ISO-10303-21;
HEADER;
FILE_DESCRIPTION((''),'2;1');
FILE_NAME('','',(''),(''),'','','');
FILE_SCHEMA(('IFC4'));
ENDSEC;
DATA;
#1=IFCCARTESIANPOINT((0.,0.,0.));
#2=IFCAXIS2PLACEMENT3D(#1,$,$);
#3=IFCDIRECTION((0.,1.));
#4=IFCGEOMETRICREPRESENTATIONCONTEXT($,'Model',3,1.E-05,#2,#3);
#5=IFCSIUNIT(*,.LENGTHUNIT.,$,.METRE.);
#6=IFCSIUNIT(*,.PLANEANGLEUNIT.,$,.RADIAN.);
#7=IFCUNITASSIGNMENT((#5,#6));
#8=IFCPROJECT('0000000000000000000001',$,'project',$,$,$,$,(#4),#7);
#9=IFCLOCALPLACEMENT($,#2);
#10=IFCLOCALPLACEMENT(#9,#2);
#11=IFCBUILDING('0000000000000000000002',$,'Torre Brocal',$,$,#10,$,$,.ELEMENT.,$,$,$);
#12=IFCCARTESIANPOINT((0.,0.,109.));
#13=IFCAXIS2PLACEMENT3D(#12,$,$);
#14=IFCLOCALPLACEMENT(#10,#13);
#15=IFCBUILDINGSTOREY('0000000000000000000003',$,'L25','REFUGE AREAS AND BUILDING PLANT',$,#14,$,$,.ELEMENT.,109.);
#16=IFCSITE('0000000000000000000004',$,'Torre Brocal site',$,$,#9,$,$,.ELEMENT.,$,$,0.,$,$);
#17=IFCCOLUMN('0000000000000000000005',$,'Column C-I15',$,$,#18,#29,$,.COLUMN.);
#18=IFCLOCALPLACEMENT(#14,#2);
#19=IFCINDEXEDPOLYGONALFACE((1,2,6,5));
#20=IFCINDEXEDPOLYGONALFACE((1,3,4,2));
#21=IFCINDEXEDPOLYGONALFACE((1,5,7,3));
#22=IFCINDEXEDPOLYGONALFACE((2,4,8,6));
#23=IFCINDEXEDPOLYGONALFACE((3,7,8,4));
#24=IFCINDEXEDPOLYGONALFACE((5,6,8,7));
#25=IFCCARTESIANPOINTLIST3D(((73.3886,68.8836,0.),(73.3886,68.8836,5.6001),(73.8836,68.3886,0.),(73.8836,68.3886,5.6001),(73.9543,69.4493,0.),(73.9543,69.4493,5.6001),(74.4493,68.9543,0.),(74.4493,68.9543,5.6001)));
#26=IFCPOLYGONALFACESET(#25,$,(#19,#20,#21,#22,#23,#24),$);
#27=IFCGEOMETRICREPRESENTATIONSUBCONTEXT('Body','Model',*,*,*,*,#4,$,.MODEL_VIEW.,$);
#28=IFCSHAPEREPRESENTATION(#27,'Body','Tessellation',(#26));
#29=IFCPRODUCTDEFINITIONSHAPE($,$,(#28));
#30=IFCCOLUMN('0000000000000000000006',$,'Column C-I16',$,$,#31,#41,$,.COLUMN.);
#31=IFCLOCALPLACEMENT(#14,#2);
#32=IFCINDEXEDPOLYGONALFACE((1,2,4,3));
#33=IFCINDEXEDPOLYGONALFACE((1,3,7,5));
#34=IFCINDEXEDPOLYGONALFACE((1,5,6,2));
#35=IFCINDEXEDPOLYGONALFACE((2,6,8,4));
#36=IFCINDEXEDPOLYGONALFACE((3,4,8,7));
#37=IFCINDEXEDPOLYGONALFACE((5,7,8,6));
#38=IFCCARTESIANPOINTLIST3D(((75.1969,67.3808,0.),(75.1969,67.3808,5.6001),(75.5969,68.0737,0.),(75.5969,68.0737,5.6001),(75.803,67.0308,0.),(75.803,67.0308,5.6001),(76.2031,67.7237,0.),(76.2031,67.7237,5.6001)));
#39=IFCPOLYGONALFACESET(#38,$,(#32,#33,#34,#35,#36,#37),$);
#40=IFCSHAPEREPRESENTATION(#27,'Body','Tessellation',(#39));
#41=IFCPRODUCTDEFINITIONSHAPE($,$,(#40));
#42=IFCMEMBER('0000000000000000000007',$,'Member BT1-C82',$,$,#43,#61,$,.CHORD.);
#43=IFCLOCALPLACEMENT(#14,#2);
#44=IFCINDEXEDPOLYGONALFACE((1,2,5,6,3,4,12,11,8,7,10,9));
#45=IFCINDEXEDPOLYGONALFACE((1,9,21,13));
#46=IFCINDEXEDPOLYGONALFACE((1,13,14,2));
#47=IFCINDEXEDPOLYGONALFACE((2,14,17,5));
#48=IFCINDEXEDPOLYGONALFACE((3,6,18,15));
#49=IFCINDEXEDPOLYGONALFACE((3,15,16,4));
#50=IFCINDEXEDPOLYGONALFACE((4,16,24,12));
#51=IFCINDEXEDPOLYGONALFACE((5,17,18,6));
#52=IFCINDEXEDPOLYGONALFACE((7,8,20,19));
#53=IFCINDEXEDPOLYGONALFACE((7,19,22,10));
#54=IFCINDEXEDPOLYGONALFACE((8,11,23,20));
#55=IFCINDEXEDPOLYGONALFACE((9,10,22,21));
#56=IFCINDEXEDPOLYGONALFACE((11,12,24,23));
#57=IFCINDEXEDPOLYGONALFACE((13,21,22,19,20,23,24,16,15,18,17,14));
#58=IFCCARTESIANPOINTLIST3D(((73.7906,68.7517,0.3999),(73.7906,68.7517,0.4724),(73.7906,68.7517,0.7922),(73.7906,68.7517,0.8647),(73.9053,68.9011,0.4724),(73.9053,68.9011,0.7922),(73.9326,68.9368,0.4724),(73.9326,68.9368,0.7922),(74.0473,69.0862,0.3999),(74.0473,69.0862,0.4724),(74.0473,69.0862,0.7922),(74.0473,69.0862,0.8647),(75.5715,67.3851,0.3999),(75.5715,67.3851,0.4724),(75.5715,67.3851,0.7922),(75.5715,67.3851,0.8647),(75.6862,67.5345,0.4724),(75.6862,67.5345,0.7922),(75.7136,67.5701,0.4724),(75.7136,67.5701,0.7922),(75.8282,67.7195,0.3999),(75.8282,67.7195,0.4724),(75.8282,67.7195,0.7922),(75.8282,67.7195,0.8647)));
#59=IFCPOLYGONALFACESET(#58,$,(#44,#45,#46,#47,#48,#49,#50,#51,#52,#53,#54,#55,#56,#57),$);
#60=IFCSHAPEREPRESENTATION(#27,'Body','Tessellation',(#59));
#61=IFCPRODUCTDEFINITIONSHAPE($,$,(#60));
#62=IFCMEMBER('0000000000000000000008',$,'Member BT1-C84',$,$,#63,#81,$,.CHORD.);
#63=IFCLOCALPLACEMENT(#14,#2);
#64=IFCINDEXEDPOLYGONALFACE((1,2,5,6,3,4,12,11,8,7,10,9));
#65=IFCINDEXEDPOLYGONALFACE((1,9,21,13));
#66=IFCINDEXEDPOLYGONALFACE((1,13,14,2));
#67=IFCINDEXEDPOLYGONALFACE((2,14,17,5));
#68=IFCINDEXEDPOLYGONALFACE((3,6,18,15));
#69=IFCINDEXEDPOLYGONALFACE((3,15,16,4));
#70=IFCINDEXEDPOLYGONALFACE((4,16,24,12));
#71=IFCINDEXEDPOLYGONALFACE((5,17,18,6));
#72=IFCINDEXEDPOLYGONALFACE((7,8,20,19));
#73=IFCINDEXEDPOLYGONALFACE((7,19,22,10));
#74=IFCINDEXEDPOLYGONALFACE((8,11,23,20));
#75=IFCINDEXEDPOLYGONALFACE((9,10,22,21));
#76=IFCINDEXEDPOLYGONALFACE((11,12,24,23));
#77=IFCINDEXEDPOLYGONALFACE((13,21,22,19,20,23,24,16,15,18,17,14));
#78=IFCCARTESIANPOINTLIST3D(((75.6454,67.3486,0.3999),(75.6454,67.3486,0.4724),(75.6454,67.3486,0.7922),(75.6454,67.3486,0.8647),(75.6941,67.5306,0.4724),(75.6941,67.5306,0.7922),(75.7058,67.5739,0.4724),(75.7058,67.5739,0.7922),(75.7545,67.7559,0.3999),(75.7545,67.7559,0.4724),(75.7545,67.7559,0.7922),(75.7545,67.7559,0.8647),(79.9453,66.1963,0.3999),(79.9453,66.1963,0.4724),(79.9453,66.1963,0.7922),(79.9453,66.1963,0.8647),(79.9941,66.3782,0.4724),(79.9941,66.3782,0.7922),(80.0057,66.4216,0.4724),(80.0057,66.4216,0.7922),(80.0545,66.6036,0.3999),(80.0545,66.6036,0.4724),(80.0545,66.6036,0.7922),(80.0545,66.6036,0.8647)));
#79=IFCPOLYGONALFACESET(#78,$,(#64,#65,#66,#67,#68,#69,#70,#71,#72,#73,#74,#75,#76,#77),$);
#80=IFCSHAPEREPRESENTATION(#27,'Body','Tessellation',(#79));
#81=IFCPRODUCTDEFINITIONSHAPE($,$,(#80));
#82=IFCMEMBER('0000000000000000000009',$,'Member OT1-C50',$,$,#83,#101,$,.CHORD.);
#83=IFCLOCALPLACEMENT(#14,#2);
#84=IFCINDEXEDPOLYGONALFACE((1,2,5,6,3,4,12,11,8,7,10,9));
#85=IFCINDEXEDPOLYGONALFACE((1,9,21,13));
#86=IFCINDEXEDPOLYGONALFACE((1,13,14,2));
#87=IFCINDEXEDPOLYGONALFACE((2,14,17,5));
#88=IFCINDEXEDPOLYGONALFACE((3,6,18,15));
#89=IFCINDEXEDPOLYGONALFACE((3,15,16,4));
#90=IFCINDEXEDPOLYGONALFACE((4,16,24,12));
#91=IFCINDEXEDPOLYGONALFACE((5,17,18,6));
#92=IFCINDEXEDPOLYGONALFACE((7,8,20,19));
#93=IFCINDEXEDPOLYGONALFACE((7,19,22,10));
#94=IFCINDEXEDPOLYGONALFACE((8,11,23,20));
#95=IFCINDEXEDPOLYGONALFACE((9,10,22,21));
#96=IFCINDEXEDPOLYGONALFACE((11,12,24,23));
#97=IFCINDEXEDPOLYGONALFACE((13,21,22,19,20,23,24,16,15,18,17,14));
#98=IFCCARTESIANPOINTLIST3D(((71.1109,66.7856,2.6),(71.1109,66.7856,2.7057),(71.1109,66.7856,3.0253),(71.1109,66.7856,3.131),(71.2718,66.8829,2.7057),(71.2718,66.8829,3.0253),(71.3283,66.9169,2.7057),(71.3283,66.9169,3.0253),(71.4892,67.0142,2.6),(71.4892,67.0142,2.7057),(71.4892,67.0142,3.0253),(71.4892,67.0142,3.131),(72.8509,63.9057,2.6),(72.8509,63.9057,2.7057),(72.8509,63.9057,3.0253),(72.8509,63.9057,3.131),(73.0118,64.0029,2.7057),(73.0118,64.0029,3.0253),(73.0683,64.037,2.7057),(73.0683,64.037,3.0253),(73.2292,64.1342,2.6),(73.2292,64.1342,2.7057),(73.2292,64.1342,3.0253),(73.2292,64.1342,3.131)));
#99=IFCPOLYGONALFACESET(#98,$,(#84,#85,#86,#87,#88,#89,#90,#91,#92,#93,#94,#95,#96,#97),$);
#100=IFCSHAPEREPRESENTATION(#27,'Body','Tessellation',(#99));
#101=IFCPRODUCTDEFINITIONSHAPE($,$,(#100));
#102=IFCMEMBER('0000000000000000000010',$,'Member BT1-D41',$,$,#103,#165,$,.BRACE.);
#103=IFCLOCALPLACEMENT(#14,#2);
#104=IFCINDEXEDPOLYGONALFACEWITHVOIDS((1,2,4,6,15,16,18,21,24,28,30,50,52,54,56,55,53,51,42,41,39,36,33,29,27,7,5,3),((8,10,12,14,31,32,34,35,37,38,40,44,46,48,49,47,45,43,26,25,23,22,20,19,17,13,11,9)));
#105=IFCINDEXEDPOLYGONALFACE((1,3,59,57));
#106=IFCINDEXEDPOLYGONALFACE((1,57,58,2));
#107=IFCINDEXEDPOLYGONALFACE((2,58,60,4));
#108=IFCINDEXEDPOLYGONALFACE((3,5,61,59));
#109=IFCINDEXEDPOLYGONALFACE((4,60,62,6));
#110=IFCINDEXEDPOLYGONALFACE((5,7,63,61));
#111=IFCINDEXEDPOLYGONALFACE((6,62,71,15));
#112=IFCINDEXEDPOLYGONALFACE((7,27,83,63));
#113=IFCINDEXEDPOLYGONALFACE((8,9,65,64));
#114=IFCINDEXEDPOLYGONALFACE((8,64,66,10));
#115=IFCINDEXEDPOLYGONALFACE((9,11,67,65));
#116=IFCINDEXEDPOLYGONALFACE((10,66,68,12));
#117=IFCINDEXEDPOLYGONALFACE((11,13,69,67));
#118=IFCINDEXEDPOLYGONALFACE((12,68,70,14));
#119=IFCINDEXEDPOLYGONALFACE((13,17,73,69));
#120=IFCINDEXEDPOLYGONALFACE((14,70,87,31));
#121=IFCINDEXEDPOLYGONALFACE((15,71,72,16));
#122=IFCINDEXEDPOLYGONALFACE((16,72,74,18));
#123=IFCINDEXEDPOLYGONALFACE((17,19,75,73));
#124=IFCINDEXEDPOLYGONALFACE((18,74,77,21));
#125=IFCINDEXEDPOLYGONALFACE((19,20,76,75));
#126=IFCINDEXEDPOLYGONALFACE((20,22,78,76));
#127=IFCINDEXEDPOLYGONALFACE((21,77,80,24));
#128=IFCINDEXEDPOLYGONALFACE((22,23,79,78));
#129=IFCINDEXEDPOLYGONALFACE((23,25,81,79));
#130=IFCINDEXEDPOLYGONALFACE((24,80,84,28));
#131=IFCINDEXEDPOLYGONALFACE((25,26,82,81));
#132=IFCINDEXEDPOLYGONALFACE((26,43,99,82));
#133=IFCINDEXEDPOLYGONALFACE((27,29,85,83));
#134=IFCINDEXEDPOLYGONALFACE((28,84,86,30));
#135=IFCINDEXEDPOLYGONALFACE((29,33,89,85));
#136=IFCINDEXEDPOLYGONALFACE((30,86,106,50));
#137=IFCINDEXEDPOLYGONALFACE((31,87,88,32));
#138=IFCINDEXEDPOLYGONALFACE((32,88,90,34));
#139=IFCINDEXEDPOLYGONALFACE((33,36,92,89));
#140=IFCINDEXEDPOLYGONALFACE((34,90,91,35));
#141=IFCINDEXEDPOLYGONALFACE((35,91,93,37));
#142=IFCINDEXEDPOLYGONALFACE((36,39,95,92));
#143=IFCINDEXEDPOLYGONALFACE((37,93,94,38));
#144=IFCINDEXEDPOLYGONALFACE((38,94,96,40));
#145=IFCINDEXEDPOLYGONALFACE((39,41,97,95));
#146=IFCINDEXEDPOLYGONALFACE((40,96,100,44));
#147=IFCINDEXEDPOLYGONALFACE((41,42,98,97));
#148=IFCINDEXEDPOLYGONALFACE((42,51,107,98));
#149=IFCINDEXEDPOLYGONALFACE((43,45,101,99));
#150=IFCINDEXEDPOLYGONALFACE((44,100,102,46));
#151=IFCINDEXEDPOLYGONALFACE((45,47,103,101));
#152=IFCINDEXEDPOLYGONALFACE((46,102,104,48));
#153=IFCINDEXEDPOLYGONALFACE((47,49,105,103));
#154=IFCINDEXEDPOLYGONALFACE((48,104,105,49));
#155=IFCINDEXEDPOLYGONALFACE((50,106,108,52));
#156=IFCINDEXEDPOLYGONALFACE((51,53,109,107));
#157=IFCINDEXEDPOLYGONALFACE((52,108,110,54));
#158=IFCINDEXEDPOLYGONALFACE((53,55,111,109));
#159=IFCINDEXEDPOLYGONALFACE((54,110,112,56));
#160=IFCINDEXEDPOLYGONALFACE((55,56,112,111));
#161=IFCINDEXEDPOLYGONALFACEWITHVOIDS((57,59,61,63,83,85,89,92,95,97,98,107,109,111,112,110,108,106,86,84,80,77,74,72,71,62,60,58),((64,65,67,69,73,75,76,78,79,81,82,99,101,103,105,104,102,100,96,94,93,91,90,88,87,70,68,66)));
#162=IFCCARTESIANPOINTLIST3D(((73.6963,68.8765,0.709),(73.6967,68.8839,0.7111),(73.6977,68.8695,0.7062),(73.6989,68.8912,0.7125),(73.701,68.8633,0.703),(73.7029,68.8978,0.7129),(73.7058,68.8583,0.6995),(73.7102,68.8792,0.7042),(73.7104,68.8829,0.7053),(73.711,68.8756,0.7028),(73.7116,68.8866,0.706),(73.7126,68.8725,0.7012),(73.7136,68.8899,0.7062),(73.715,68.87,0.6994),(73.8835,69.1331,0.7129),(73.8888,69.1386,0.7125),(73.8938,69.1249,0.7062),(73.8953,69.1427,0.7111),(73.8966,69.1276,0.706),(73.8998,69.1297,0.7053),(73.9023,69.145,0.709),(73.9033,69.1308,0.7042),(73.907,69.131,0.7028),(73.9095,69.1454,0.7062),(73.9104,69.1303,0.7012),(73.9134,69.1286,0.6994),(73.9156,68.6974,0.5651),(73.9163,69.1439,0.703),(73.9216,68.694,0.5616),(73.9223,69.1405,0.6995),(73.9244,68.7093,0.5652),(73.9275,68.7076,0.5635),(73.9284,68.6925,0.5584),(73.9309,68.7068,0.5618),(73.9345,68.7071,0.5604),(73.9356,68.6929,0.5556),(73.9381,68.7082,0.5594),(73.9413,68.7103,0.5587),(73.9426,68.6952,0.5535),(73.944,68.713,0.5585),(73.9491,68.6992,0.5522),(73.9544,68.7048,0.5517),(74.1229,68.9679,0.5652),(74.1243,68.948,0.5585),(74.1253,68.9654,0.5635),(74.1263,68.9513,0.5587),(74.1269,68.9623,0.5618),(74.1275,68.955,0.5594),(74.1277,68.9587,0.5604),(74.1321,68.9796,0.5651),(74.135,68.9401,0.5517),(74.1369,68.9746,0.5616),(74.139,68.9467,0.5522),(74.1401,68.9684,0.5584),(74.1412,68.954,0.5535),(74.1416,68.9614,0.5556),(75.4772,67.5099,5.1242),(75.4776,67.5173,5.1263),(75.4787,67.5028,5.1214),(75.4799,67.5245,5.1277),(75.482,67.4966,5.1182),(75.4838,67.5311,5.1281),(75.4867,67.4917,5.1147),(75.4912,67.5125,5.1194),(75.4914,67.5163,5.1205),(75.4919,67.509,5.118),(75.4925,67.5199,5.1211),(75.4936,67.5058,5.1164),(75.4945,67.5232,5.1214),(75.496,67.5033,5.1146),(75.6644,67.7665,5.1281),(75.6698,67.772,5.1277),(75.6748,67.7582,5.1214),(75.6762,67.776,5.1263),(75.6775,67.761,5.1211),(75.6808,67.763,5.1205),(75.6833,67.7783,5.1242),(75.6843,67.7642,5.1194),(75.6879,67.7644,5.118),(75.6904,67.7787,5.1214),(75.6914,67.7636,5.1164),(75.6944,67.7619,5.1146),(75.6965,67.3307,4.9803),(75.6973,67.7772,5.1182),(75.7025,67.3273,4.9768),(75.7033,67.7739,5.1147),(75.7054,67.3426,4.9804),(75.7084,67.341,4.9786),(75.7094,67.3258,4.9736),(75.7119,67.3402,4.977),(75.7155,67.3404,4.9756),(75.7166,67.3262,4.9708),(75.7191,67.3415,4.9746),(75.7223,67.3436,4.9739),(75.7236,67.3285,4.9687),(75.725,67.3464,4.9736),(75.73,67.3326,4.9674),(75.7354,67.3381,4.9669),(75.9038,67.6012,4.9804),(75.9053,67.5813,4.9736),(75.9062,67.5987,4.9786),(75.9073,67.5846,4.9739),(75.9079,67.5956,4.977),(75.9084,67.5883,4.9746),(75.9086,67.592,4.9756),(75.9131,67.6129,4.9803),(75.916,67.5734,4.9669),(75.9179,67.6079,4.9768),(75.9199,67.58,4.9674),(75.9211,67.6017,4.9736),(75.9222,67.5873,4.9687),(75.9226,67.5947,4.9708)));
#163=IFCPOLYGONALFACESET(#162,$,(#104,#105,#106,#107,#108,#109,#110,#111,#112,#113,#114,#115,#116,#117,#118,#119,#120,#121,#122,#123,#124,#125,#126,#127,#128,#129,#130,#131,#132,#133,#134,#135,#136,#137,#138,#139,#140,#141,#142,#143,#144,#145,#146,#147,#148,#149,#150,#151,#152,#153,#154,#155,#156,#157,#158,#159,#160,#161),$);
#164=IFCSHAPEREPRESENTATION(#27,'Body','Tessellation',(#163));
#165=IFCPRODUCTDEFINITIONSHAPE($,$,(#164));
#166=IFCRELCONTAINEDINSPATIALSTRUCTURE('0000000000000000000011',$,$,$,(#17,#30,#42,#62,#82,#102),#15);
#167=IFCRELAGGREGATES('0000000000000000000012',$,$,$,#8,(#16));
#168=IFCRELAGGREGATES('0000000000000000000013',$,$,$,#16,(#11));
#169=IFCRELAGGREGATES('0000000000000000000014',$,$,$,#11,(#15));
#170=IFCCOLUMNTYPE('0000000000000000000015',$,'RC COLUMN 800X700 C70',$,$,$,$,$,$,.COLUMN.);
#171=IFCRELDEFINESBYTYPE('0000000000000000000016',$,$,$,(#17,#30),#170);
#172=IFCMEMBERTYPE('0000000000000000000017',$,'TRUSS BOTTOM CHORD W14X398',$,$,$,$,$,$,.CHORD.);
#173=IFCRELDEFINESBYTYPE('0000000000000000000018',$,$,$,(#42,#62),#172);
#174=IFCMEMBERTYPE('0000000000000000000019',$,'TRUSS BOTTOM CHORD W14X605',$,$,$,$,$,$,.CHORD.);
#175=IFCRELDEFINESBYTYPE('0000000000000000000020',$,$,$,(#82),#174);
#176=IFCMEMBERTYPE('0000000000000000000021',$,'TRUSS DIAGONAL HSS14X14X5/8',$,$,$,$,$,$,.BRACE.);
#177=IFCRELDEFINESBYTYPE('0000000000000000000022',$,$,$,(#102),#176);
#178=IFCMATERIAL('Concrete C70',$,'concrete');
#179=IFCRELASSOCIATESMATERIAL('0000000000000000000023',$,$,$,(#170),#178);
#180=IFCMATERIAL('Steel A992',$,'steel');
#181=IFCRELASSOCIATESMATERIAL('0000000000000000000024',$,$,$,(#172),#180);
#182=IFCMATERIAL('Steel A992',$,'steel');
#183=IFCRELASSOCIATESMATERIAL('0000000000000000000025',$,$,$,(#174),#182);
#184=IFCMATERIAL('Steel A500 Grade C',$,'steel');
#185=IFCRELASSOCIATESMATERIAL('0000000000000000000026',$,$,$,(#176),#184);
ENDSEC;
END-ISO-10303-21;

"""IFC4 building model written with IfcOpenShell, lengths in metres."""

from ifc_helpers import new_model, si_unit, direction, frame, origin, origin_2d, place, context, subcontext, project, spatial, rectangle, hollow_rectangle, i_section, extrude, material, material_profile, profile_set, type_object, element, save


model = new_model("IFC4")

# Units and contexts
model_context = context("Model", 3, precision=1e-05, world=origin(), true_north=direction((0.0, 1.0)))
body_context = subcontext(model_context, "Body", "Model", "MODEL_VIEW")
ifc_project = project(units=[si_unit("LENGTHUNIT", "METRE"), si_unit("PLANEANGLEUNIT", "RADIAN")], contexts=[model_context])

# Site, building, storey
site_placement = place(None, origin())
site = spatial("IfcSite", under=ifc_project, at=site_placement, Name="Torre Brocal site", CompositionType="ELEMENT", RefElevation=0.0)
building_placement = place(site_placement, origin())
building = spatial("IfcBuilding", under=site, at=building_placement, Name="Torre Brocal", CompositionType="ELEMENT")
storey_placement = place(building_placement, frame((0.0, 0.0, 109.0)))
storey = spatial("IfcBuildingStorey", under=building, at=storey_placement, Name="L25", Description="REFUGE AREAS AND BUILDING PLANT", CompositionType="ELEMENT", Elevation=109.0)

# Columns
ifc_material_1 = material(Name="Concrete C70", Category="concrete")
ifc_material_profile_1 = material_profile(ifc_material_1, rectangle(XDim=0.8, YDim=0.7, at=origin_2d()), Name="RC 800X700")
ifc_profile_set_1 = profile_set([ifc_material_profile_1], Name="Concrete C70")
column_type = type_object("IfcColumnType", Name="RC COLUMN 800X700 C70", PredefinedType="COLUMN", material=ifc_profile_set_1)
for number, where, z_axis, x_axis, name in (
    (1, (73.9189, 68.9189, 0.0), (0.0, 0.0, 1.0), (-0.707107, -0.707107, 0.0), "Column C-I15"),
    (2, (75.7, 67.5522, 0.0), (0.0, 0.0, 1.0), (-0.5, -0.866025, 0.0), "Column C-I16"),
):
    element("IfcColumn", number, at=place(storey_placement, frame(where, z_axis=z_axis, x_axis=x_axis)), inside=storey, type_object=column_type, Name=name, PredefinedType="COLUMN", context=body_context, shape_type="SweptSolid", body=[
        extrude(rectangle(XDim=0.8, YDim=0.7, at=origin_2d()), origin(), (0.0, 0.0, 1.0), 5.6001),
    ])

# Members
ifc_material_2 = material(Name="Steel A992", Category="steel")
ifc_material_profile_2 = material_profile(ifc_material_2, i_section(OverallWidth=0.4216, OverallDepth=0.4648, WebThickness=0.0449, FlangeThickness=0.0725, at=origin_2d()), Name="W14X398")
ifc_profile_set_2 = profile_set([ifc_material_profile_2], Name="Steel A992")
member_type_1 = type_object("IfcMemberType", Name="TRUSS BOTTOM CHORD W14X398", PredefinedType="CHORD", material=ifc_profile_set_2)
member_1_placement = place(storey_placement, frame((73.9189, 68.9189, 0.6323), z_axis=(0.793335, -0.608785, 0.0), x_axis=(0.608785, 0.793335, 0.0)))
element("IfcMember", 3, at=member_1_placement, inside=storey, type_object=member_type_1, Name="Member BT1-C82", PredefinedType="CHORD", context=body_context, shape_type="SweptSolid", body=[
    extrude(i_section(OverallWidth=0.4216, OverallDepth=0.4648, WebThickness=0.0449, FlangeThickness=0.0725, at=origin_2d()), origin(), (0.0, 0.0, 1.0), 2.2449),
])
member_2_placement = place(storey_placement, frame((75.7, 67.5522, 0.6323), z_axis=(0.965917, -0.25885, 0.0), x_axis=(0.25885, 0.965917, 0.0)))
element("IfcMember", 4, at=member_2_placement, inside=storey, type_object=member_type_1, Name="Member BT1-C84", PredefinedType="CHORD", context=body_context, shape_type="SweptSolid", body=[
    extrude(i_section(OverallWidth=0.4216, OverallDepth=0.4648, WebThickness=0.0449, FlangeThickness=0.0725, at=origin_2d()), origin(), (0.0, 0.0, 1.0), 4.4517),
])
ifc_material_3 = material(Name="Steel A992", Category="steel")
ifc_material_profile_3 = material_profile(ifc_material_3, i_section(OverallWidth=0.4419, OverallDepth=0.531, WebThickness=0.0659, FlangeThickness=0.1057, at=origin_2d()), Name="W14X605")
ifc_profile_set_3 = profile_set([ifc_material_profile_3], Name="Steel A992")
member_type_2 = type_object("IfcMemberType", Name="TRUSS BOTTOM CHORD W14X605", PredefinedType="CHORD", material=ifc_profile_set_3)
member_3_placement = place(storey_placement, frame((71.3, 66.8999, 2.8655), z_axis=(0.517129, -0.855908, 0.0), x_axis=(0.855908, 0.517129, 0.0)))
element("IfcMember", 5, at=member_3_placement, inside=storey, type_object=member_type_2, Name="Member OT1-C50", PredefinedType="CHORD", context=body_context, shape_type="SweptSolid", body=[
    extrude(i_section(OverallWidth=0.4419, OverallDepth=0.531, WebThickness=0.0659, FlangeThickness=0.1057, at=origin_2d()), origin(), (0.0, 0.0, 1.0), 3.3647),
])
ifc_material_4 = material(Name="Steel A500 Grade C", Category="steel")
ifc_material_profile_4 = material_profile(ifc_material_4, hollow_rectangle(XDim=0.3557, YDim=0.3557, WallThickness=0.0149, InnerFilletRadius=0.0149, OuterFilletRadius=0.0295, at=origin_2d()), Name="HSS14X14X5/8")
ifc_profile_set_4 = profile_set([ifc_material_profile_4], Name="Steel A500 Grade C")
member_type_3 = type_object("IfcMemberType", Name="TRUSS DIAGONAL HSS14X14X5/8", PredefinedType="BRACE", material=ifc_profile_set_4)
member_4_placement = place(storey_placement, frame((73.9189, 68.9189, 0.6323), z_axis=(0.359564, -0.27592, 0.891393), x_axis=(0.608785, 0.793335, 0.0)))
element("IfcMember", 6, at=member_4_placement, inside=storey, type_object=member_type_3, Name="Member BT1-D41", PredefinedType="BRACE", context=body_context, shape_type="SweptSolid", body=[
    extrude(hollow_rectangle(XDim=0.3557, YDim=0.3557, WallThickness=0.0149, InnerFilletRadius=0.0149, OuterFilletRadius=0.0295, at=origin_2d()), origin(), (0.0, 0.0, 1.0), 4.9531),
])

save(model, "model.ifc")
